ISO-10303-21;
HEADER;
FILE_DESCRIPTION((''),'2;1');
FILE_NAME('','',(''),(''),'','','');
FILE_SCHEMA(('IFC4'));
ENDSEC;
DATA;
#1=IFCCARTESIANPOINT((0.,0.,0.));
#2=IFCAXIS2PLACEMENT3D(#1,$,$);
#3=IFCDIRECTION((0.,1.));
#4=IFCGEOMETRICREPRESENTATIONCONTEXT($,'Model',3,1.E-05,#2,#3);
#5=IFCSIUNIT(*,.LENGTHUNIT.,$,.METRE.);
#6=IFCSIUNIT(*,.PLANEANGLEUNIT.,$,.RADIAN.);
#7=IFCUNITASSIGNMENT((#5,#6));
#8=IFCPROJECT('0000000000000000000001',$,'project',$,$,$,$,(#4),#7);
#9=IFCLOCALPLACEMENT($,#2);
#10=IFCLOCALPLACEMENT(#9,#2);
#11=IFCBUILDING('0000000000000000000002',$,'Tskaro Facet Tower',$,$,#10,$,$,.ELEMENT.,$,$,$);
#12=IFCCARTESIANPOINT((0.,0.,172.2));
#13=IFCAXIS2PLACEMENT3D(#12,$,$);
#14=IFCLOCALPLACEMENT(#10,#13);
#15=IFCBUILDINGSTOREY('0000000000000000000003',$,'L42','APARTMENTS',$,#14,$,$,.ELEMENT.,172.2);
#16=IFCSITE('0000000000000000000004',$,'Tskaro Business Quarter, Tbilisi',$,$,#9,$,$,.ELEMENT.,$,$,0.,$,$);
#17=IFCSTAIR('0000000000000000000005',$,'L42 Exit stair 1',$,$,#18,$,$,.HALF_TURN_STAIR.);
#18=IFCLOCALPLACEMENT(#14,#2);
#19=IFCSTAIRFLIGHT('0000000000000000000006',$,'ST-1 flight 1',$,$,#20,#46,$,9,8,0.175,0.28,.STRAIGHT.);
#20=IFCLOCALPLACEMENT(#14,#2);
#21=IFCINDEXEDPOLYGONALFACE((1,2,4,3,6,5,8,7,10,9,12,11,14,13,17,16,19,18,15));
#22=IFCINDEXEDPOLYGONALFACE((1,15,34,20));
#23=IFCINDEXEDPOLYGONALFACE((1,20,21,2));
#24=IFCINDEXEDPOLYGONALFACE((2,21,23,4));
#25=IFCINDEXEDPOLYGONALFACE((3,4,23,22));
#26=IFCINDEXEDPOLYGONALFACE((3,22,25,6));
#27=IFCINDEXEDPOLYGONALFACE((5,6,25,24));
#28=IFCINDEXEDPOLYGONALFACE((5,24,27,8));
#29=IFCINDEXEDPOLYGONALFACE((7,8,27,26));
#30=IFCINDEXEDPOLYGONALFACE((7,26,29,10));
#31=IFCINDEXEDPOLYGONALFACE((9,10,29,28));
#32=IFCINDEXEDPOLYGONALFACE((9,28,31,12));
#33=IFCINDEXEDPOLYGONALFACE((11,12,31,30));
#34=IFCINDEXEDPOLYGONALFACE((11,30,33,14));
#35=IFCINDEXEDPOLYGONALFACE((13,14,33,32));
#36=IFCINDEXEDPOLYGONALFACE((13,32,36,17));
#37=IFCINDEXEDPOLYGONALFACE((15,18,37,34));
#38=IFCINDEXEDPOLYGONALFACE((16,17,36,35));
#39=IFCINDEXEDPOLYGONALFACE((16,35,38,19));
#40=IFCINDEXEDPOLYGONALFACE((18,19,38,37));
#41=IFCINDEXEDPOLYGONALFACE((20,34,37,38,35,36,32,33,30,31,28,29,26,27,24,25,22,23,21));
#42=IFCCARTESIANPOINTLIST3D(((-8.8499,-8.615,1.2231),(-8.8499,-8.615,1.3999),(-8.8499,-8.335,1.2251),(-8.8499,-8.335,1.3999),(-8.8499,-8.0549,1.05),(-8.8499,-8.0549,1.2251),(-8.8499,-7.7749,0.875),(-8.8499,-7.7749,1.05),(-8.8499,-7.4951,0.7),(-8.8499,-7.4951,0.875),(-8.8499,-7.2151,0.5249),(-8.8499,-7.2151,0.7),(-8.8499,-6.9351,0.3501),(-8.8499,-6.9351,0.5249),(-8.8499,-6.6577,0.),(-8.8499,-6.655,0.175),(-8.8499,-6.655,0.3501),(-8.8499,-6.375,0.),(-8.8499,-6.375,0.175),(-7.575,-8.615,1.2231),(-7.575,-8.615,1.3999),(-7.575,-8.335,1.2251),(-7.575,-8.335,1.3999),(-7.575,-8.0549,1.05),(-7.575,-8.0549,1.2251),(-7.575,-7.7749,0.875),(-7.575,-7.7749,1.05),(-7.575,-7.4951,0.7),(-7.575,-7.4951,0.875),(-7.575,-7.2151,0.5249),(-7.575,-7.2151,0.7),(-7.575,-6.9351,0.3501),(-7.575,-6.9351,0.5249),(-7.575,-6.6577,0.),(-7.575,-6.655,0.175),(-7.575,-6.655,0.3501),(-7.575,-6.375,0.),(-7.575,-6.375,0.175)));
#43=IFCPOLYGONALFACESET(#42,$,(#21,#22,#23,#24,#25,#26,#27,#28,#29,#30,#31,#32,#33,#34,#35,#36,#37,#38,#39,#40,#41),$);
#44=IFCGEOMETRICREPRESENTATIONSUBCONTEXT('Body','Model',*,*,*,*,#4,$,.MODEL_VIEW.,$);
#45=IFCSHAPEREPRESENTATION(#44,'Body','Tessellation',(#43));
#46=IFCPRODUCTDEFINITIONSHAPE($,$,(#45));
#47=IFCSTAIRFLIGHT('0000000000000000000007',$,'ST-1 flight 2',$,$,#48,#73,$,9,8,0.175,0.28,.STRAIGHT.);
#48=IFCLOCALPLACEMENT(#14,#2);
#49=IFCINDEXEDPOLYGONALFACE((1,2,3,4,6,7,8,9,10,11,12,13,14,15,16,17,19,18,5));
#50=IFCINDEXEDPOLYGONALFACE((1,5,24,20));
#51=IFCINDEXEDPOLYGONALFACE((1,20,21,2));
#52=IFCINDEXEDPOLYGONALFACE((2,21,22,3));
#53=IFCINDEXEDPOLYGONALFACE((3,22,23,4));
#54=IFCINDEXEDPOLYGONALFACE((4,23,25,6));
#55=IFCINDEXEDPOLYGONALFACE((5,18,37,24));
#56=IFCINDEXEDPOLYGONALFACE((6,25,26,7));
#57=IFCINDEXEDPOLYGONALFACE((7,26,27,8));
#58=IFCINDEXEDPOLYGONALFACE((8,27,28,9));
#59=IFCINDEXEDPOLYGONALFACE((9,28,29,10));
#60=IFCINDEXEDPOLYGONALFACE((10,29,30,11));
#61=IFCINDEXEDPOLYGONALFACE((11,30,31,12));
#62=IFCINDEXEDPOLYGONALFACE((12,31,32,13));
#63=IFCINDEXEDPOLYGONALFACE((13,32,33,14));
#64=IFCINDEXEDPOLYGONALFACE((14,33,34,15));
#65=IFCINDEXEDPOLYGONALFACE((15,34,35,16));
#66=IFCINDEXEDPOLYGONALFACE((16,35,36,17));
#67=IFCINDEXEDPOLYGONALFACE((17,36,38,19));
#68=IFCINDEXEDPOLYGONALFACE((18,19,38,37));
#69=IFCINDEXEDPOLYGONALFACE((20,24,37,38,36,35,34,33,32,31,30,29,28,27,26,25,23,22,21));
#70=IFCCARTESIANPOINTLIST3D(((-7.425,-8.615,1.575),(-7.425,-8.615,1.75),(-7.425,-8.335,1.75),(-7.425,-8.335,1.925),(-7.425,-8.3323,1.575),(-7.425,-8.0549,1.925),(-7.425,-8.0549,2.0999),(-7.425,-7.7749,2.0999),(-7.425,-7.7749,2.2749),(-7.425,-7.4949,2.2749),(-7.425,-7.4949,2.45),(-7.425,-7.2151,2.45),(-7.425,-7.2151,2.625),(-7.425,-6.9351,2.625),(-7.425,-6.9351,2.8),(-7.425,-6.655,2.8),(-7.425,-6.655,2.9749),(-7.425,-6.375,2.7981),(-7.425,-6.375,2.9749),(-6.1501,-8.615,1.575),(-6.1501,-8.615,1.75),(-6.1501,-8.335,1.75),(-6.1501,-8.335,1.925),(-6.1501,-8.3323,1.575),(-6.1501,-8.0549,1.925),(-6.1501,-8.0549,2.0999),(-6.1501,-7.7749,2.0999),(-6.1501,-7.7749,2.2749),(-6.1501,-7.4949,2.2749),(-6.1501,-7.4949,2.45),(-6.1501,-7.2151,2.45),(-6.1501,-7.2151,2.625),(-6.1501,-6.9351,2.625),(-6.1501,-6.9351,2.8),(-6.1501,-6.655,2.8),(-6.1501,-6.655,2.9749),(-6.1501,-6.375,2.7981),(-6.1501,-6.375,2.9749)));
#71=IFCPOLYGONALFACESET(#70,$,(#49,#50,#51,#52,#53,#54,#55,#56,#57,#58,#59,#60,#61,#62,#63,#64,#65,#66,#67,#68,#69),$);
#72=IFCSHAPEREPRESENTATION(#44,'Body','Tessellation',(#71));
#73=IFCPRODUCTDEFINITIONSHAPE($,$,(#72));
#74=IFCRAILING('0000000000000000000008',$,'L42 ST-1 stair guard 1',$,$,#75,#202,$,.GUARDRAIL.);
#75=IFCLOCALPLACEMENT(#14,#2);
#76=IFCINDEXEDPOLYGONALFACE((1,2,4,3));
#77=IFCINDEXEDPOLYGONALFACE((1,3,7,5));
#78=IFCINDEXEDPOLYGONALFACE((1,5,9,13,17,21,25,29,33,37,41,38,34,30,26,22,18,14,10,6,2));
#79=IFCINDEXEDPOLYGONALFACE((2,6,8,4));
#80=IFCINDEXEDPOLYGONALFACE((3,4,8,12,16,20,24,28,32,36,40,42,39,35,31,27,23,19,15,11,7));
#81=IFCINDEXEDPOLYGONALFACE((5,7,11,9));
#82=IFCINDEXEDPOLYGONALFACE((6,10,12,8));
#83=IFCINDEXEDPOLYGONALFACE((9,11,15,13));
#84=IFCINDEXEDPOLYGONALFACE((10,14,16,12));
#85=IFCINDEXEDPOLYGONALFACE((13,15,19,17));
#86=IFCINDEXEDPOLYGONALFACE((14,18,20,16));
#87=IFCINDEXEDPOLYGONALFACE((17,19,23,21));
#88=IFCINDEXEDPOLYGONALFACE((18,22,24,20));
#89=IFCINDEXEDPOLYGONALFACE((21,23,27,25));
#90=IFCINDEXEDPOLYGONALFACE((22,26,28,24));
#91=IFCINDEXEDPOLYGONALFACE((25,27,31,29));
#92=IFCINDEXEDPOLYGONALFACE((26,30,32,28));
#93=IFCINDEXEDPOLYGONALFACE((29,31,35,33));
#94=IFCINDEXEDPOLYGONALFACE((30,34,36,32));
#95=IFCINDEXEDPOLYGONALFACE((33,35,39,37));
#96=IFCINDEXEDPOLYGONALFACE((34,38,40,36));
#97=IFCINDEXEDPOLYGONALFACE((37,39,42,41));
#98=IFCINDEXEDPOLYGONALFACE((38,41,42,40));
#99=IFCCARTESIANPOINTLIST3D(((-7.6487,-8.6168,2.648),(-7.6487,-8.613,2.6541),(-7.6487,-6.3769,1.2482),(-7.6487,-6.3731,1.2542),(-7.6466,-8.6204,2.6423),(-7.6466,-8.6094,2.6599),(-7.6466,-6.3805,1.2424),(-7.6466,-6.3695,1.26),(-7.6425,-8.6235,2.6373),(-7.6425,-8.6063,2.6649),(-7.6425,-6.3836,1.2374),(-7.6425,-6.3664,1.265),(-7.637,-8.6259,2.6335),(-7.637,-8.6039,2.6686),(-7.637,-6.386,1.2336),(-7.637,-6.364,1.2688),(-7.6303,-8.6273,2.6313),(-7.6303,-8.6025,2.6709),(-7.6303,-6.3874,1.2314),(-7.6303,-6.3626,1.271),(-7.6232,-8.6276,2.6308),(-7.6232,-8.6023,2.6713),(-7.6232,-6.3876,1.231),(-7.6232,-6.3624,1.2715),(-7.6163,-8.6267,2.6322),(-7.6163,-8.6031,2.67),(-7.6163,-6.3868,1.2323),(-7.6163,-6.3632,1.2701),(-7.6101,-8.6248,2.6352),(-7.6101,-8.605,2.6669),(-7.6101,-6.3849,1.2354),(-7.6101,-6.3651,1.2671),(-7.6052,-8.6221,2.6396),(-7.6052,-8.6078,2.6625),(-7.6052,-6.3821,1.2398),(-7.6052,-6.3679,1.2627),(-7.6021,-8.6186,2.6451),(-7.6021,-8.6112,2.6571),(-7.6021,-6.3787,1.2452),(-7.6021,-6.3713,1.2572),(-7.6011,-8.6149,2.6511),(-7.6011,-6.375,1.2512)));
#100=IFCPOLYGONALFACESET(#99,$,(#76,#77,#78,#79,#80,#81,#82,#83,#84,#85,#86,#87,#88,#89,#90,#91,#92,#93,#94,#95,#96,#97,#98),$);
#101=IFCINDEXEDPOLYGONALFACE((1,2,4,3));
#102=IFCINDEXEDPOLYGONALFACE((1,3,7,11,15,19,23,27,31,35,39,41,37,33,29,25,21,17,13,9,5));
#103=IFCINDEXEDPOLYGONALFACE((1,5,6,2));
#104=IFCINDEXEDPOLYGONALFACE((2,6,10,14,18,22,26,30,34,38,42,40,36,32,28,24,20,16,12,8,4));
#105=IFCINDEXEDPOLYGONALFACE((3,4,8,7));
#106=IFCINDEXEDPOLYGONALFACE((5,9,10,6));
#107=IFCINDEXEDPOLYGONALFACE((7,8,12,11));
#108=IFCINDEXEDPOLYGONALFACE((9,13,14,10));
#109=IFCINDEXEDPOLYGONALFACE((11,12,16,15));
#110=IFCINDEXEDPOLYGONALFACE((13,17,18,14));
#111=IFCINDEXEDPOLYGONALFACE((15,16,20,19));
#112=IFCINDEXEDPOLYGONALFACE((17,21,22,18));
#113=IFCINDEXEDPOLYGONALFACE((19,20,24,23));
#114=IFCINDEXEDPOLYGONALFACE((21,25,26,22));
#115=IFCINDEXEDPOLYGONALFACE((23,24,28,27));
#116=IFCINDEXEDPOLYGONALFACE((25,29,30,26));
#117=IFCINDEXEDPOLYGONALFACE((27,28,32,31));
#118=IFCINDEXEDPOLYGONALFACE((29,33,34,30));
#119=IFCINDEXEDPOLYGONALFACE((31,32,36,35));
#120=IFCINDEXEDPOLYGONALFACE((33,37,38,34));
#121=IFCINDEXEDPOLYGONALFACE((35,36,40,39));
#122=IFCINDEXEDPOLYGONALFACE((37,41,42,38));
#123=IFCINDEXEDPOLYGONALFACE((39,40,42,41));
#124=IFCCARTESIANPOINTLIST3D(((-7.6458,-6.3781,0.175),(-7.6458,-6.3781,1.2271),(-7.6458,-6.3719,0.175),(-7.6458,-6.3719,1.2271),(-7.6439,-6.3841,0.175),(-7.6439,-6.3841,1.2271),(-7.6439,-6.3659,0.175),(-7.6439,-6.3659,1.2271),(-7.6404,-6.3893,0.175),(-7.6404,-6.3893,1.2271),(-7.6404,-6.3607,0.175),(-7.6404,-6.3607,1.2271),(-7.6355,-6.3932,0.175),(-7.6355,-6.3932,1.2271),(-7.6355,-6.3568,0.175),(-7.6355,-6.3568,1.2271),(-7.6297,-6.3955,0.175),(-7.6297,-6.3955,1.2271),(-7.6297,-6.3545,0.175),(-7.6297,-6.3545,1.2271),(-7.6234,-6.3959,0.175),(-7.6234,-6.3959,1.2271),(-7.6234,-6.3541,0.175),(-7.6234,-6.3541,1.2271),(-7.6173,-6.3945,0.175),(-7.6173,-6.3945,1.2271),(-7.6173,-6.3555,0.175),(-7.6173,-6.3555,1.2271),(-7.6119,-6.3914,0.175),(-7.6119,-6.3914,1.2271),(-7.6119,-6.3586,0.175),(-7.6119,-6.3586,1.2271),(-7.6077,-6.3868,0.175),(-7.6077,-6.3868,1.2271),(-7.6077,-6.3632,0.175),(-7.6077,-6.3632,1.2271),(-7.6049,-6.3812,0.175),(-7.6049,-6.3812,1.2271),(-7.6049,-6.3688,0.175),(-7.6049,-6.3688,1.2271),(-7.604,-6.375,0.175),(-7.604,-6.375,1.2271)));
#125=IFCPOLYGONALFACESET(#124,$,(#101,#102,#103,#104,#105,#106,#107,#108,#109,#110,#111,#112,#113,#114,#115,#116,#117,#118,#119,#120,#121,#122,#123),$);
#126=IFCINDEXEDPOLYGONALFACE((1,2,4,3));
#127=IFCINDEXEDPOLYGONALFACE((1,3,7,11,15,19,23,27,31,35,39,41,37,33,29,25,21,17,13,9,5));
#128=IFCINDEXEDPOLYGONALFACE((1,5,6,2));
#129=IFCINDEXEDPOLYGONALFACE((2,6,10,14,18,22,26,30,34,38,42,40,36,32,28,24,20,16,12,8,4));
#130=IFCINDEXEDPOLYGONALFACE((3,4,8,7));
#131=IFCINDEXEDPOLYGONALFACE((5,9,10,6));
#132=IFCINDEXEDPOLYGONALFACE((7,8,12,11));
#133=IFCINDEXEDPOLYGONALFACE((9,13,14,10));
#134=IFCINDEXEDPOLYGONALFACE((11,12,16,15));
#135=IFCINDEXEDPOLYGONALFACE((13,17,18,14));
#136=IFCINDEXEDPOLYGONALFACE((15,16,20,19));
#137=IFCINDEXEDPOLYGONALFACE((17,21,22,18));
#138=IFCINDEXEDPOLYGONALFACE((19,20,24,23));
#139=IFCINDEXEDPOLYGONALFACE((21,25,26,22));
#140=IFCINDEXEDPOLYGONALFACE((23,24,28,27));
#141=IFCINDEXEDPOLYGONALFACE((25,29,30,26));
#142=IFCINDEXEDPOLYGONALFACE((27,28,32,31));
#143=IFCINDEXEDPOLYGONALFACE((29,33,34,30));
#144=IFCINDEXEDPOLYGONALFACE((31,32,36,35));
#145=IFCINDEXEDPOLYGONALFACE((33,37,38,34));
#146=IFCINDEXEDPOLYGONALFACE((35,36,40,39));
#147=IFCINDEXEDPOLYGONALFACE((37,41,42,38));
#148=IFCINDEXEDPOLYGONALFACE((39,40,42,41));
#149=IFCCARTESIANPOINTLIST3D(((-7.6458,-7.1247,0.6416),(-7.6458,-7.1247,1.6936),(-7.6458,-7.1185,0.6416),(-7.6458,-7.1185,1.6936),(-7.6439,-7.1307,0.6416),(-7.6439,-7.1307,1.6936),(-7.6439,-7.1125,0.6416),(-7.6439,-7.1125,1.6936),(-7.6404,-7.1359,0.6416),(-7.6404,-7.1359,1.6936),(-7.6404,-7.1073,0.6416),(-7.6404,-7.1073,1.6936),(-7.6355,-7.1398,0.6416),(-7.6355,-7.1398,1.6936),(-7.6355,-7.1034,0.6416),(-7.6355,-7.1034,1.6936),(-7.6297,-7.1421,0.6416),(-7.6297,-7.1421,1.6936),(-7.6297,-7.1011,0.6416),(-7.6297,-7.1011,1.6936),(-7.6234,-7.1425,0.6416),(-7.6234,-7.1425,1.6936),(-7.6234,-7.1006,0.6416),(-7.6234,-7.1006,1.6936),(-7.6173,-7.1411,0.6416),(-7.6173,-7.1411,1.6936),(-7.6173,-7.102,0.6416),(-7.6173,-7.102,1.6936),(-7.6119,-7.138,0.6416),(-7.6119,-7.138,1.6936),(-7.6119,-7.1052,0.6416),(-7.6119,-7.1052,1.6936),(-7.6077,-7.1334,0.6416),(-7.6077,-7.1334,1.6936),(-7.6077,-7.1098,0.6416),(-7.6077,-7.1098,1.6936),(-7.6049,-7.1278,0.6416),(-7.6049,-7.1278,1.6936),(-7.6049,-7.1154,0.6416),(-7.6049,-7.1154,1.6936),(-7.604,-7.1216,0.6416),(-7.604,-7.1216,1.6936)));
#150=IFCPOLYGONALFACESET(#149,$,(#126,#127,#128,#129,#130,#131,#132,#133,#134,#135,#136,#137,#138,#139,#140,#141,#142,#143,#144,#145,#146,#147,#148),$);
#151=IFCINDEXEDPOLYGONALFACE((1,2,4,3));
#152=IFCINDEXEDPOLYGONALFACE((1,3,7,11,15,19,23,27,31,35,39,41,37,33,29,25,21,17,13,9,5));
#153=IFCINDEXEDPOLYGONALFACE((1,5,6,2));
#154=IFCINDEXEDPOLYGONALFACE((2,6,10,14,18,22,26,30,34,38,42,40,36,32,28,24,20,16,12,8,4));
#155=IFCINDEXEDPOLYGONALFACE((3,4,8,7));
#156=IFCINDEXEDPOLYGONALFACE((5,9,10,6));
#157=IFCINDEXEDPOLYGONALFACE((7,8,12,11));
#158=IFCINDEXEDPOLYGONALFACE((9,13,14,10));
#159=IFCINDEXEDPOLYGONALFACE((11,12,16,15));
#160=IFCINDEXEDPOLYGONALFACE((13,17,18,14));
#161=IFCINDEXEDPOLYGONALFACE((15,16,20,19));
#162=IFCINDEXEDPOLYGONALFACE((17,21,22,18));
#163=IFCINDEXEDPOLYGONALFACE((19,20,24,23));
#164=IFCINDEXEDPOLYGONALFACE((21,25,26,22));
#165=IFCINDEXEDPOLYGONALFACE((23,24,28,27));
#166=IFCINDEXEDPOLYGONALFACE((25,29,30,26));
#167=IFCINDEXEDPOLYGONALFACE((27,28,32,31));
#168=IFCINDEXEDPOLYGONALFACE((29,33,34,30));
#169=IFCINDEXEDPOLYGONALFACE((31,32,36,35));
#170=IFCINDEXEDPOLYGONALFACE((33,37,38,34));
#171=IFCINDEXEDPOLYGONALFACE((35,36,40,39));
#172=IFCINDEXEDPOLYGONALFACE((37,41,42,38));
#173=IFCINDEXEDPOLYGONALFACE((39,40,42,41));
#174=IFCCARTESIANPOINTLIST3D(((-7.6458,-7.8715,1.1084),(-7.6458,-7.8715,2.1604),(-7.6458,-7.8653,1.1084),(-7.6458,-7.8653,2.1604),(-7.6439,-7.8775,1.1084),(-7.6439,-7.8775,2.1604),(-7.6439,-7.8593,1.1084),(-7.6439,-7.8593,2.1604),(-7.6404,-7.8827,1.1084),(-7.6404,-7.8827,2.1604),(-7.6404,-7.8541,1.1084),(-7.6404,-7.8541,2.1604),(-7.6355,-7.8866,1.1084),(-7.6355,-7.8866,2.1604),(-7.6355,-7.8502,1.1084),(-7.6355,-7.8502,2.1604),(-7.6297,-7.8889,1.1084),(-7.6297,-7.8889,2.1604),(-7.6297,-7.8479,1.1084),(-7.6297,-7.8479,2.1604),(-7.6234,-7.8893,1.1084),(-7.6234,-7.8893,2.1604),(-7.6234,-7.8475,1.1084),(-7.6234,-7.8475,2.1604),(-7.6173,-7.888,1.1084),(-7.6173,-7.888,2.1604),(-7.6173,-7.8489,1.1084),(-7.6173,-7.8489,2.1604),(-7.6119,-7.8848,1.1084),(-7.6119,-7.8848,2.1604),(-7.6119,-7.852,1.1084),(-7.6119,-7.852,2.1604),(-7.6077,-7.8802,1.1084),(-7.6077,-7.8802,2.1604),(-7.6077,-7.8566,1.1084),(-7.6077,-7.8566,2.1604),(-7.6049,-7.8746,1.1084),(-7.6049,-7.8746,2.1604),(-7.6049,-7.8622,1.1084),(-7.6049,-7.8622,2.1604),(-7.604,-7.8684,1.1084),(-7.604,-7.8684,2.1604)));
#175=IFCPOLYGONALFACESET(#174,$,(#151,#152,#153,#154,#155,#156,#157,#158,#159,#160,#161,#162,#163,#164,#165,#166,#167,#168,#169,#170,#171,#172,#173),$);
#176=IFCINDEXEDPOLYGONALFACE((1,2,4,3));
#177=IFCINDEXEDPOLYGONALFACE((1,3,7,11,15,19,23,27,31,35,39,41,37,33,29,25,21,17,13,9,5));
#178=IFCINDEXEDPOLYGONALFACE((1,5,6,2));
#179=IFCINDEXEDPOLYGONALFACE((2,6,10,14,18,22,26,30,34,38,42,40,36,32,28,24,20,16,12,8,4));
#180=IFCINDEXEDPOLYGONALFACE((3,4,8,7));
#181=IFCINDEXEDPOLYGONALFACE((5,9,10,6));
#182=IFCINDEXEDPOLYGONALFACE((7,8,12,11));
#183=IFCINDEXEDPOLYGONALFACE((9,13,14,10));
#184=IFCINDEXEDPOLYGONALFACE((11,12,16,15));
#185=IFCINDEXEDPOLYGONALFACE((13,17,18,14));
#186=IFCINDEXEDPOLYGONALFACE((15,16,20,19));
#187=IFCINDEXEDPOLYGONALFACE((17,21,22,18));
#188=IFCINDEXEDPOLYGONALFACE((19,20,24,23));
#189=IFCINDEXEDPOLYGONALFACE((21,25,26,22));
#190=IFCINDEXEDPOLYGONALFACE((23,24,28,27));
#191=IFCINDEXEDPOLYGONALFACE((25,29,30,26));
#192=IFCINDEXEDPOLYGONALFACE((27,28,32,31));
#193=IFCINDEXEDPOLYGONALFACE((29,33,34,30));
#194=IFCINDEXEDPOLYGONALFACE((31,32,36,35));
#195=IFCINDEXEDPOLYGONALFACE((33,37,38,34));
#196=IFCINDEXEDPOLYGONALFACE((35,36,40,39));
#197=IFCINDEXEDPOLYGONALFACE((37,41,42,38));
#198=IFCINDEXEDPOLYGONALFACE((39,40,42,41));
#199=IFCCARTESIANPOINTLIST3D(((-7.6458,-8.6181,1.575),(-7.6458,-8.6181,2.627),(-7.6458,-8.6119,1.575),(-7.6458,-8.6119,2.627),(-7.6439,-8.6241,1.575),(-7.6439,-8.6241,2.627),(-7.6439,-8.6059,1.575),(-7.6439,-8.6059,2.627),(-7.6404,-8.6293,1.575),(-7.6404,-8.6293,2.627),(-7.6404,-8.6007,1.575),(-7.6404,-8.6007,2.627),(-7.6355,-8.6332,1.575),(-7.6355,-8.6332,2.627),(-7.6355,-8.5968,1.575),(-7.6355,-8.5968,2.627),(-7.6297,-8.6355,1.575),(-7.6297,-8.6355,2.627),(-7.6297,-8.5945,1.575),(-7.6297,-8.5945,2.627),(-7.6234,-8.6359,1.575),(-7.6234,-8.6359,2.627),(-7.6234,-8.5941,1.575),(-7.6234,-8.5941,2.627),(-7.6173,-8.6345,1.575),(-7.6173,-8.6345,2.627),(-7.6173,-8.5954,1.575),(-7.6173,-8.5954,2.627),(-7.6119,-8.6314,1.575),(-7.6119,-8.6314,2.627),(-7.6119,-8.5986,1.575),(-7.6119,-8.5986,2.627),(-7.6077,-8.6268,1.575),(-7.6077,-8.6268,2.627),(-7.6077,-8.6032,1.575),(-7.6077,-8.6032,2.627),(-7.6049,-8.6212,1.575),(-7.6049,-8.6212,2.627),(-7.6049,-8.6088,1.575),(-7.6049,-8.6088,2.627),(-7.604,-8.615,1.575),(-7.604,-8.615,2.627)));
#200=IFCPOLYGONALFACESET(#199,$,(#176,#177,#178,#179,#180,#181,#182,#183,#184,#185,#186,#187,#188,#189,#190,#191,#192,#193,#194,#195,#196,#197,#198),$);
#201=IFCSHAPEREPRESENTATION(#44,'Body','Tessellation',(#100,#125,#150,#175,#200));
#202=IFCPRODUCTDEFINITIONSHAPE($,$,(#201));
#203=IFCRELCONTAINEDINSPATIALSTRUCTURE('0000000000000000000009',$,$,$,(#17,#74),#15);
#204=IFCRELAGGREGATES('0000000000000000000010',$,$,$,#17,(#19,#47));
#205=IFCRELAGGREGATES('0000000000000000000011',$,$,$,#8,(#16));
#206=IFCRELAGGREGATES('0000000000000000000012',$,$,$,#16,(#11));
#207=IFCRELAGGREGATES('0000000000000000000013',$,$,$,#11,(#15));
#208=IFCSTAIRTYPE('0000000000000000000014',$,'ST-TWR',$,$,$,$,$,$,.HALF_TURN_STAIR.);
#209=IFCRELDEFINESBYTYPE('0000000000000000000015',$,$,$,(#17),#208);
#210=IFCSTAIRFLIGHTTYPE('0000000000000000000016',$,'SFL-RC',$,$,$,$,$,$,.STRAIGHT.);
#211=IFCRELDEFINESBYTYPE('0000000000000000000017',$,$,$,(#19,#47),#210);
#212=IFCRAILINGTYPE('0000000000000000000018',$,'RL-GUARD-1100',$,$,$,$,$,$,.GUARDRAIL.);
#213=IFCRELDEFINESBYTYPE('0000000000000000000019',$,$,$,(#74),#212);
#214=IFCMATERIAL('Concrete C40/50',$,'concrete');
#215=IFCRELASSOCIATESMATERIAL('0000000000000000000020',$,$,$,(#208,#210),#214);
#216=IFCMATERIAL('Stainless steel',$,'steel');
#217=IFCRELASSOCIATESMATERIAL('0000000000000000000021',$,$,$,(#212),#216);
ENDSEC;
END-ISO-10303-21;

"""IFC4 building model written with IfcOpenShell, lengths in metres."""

from ifc_helpers import new_model, si_unit, direction, frame, origin, origin_2d, place, context, subcontext, project, spatial, polyline, circle, outline, extrude, material, type_object, element, aggregate, save


model = new_model("IFC4")

# Units and contexts
model_context = context("Model", 3, precision=1e-05, world=origin(), true_north=direction((0.0, 1.0)))
body_context = subcontext(model_context, "Body", "Model", "MODEL_VIEW")
ifc_project = project(units=[si_unit("LENGTHUNIT", "METRE"), si_unit("PLANEANGLEUNIT", "RADIAN")], contexts=[model_context])

# Site, building, storey
site_placement = place(None, origin())
site = spatial("IfcSite", under=ifc_project, at=site_placement, Name="Tskaro Business Quarter, Tbilisi", CompositionType="ELEMENT", RefElevation=0.0)
building_placement = place(site_placement, origin())
building = spatial("IfcBuilding", under=site, at=building_placement, Name="Tskaro Facet Tower", CompositionType="ELEMENT")
storey_placement = place(building_placement, frame((0.0, 0.0, 172.2)))
storey = spatial("IfcBuildingStorey", under=building, at=storey_placement, Name="L42", Description="APARTMENTS", CompositionType="ELEMENT", Elevation=172.2)

# Shared definitions
ifc_material_1 = material(Name="Stainless steel", Category="steel")

# Shared definitions
ifc_material_2 = material(Name="Concrete C40/50", Category="concrete")

# Stair, stair flights
stair_type = type_object("IfcStairType", Name="ST-TWR", PredefinedType="HALF_TURN_STAIR", material=ifc_material_2)
stair_placement = place(storey_placement, origin())
stair = element("IfcStair", 1, at=stair_placement, inside=storey, type_object=stair_type, Name="L42 Exit stair 1", PredefinedType="HALF_TURN_STAIR")
stair_flight_type = type_object("IfcStairFlightType", Name="SFL-RC", PredefinedType="STRAIGHT", material=ifc_material_2)
stair_flight_1_placement = place(storey_placement, frame((-8.2124, -6.375, 0.0), z_axis=(0.0, 0.0, 1.0), x_axis=(0.0, -1.0, 0.0)))
stair_flight_1 = element("IfcStairFlight", 2, at=stair_flight_1_placement, type_object=stair_flight_type, Name="ST-1 flight 1", NumberOfRisers=9, NumberOfTreads=8, PredefinedType="STRAIGHT", RiserHeight=0.175, TreadLength=0.28, context=body_context, shape_type="SweptSolid", body=[
    extrude(outline(polyline([(0.0, 0.0), (0.0, 0.175), (0.28, 0.175), (0.28, 0.3501), (0.5601, 0.3501), (0.5601, 0.5249), (0.8401, 0.5249), (0.8401, 0.7), (1.1201, 0.7), (1.1201, 0.875), (1.3999, 0.875), (1.3999, 1.05), (1.6799, 1.05), (1.6799, 1.2251), (1.96, 1.2251), (1.96, 1.3999), (2.24, 1.3999), (2.24, 1.575), (2.24, 1.2231), (0.2827, 0.0), (0.0, 0.0)])), frame((0.0, 0.6375, 0.0), z_axis=(0.0, -1.0, 0.0), x_axis=(1.0, 0.0, 0.0)), (0.0, 0.0, 1.0), 1.2749),
])
stair_flight_2_placement = place(storey_placement, frame((-6.7876, -8.615, 1.575), z_axis=(0.0, 0.0, 1.0), x_axis=(0.0, 1.0, 0.0)))
stair_flight_2 = element("IfcStairFlight", 3, at=stair_flight_2_placement, type_object=stair_flight_type, Name="ST-1 flight 2", NumberOfRisers=9, NumberOfTreads=8, PredefinedType="STRAIGHT", RiserHeight=0.175, TreadLength=0.28, context=body_context, shape_type="SweptSolid", body=[
    extrude(outline(polyline([(0.0, 0.0), (0.0, 0.175), (0.28, 0.175), (0.28, 0.3501), (0.5601, 0.3501), (0.5601, 0.5249), (0.8401, 0.5249), (0.8401, 0.7), (1.1201, 0.7), (1.1201, 0.875), (1.3999, 0.875), (1.3999, 1.05), (1.6799, 1.05), (1.6799, 1.2251), (1.96, 1.2251), (1.96, 1.3999), (2.24, 1.3999), (2.24, 1.575), (2.24, 1.2231), (0.2827, 0.0), (0.0, 0.0)])), frame((0.0, 0.6375, 0.0), z_axis=(0.0, -1.0, 0.0), x_axis=(1.0, 0.0, 0.0)), (0.0, 0.0, 1.0), 1.2749),
])
aggregate(stair, [stair_flight_1, stair_flight_2])

# Railing
railing_type_1 = type_object("IfcRailingType", Name="RL-GUARD-1100", PredefinedType="GUARDRAIL", material=ifc_material_1)
railing_1_placement = place(storey_placement, frame((-7.625, -6.375, 0.175)))
element("IfcRailing", 4, at=railing_1_placement, inside=storey, type_object=railing_type_1, Name="L42 ST-1 stair guard 1", PredefinedType="GUARDRAIL", context=body_context, shape_type="SweptSolid", body=[
    extrude(circle(Radius=0.0239, at=origin_2d()), frame((0.0, 0.0, 1.0762), z_axis=(0.0, -0.848014, 0.529974), x_axis=(1.0, 0.0, 0.0)), (0.0, 0.0, 1.0), 2.6414),
    extrude(circle(Radius=0.021, at=origin_2d()), origin(), (0.0, 0.0, 1.0), 1.052),
    extrude(circle(Radius=0.021, at=origin_2d()), frame((0.0, -0.7466, 0.4666)), (0.0, 0.0, 1.0), 1.052),
    extrude(circle(Radius=0.021, at=origin_2d()), frame((0.0, -1.4934, 0.9333)), (0.0, 0.0, 1.0), 1.052),
    extrude(circle(Radius=0.021, at=origin_2d()), frame((0.0, -2.24, 1.3999)), (0.0, 0.0, 1.0), 1.052),
])

save(model, "model.ifc")
